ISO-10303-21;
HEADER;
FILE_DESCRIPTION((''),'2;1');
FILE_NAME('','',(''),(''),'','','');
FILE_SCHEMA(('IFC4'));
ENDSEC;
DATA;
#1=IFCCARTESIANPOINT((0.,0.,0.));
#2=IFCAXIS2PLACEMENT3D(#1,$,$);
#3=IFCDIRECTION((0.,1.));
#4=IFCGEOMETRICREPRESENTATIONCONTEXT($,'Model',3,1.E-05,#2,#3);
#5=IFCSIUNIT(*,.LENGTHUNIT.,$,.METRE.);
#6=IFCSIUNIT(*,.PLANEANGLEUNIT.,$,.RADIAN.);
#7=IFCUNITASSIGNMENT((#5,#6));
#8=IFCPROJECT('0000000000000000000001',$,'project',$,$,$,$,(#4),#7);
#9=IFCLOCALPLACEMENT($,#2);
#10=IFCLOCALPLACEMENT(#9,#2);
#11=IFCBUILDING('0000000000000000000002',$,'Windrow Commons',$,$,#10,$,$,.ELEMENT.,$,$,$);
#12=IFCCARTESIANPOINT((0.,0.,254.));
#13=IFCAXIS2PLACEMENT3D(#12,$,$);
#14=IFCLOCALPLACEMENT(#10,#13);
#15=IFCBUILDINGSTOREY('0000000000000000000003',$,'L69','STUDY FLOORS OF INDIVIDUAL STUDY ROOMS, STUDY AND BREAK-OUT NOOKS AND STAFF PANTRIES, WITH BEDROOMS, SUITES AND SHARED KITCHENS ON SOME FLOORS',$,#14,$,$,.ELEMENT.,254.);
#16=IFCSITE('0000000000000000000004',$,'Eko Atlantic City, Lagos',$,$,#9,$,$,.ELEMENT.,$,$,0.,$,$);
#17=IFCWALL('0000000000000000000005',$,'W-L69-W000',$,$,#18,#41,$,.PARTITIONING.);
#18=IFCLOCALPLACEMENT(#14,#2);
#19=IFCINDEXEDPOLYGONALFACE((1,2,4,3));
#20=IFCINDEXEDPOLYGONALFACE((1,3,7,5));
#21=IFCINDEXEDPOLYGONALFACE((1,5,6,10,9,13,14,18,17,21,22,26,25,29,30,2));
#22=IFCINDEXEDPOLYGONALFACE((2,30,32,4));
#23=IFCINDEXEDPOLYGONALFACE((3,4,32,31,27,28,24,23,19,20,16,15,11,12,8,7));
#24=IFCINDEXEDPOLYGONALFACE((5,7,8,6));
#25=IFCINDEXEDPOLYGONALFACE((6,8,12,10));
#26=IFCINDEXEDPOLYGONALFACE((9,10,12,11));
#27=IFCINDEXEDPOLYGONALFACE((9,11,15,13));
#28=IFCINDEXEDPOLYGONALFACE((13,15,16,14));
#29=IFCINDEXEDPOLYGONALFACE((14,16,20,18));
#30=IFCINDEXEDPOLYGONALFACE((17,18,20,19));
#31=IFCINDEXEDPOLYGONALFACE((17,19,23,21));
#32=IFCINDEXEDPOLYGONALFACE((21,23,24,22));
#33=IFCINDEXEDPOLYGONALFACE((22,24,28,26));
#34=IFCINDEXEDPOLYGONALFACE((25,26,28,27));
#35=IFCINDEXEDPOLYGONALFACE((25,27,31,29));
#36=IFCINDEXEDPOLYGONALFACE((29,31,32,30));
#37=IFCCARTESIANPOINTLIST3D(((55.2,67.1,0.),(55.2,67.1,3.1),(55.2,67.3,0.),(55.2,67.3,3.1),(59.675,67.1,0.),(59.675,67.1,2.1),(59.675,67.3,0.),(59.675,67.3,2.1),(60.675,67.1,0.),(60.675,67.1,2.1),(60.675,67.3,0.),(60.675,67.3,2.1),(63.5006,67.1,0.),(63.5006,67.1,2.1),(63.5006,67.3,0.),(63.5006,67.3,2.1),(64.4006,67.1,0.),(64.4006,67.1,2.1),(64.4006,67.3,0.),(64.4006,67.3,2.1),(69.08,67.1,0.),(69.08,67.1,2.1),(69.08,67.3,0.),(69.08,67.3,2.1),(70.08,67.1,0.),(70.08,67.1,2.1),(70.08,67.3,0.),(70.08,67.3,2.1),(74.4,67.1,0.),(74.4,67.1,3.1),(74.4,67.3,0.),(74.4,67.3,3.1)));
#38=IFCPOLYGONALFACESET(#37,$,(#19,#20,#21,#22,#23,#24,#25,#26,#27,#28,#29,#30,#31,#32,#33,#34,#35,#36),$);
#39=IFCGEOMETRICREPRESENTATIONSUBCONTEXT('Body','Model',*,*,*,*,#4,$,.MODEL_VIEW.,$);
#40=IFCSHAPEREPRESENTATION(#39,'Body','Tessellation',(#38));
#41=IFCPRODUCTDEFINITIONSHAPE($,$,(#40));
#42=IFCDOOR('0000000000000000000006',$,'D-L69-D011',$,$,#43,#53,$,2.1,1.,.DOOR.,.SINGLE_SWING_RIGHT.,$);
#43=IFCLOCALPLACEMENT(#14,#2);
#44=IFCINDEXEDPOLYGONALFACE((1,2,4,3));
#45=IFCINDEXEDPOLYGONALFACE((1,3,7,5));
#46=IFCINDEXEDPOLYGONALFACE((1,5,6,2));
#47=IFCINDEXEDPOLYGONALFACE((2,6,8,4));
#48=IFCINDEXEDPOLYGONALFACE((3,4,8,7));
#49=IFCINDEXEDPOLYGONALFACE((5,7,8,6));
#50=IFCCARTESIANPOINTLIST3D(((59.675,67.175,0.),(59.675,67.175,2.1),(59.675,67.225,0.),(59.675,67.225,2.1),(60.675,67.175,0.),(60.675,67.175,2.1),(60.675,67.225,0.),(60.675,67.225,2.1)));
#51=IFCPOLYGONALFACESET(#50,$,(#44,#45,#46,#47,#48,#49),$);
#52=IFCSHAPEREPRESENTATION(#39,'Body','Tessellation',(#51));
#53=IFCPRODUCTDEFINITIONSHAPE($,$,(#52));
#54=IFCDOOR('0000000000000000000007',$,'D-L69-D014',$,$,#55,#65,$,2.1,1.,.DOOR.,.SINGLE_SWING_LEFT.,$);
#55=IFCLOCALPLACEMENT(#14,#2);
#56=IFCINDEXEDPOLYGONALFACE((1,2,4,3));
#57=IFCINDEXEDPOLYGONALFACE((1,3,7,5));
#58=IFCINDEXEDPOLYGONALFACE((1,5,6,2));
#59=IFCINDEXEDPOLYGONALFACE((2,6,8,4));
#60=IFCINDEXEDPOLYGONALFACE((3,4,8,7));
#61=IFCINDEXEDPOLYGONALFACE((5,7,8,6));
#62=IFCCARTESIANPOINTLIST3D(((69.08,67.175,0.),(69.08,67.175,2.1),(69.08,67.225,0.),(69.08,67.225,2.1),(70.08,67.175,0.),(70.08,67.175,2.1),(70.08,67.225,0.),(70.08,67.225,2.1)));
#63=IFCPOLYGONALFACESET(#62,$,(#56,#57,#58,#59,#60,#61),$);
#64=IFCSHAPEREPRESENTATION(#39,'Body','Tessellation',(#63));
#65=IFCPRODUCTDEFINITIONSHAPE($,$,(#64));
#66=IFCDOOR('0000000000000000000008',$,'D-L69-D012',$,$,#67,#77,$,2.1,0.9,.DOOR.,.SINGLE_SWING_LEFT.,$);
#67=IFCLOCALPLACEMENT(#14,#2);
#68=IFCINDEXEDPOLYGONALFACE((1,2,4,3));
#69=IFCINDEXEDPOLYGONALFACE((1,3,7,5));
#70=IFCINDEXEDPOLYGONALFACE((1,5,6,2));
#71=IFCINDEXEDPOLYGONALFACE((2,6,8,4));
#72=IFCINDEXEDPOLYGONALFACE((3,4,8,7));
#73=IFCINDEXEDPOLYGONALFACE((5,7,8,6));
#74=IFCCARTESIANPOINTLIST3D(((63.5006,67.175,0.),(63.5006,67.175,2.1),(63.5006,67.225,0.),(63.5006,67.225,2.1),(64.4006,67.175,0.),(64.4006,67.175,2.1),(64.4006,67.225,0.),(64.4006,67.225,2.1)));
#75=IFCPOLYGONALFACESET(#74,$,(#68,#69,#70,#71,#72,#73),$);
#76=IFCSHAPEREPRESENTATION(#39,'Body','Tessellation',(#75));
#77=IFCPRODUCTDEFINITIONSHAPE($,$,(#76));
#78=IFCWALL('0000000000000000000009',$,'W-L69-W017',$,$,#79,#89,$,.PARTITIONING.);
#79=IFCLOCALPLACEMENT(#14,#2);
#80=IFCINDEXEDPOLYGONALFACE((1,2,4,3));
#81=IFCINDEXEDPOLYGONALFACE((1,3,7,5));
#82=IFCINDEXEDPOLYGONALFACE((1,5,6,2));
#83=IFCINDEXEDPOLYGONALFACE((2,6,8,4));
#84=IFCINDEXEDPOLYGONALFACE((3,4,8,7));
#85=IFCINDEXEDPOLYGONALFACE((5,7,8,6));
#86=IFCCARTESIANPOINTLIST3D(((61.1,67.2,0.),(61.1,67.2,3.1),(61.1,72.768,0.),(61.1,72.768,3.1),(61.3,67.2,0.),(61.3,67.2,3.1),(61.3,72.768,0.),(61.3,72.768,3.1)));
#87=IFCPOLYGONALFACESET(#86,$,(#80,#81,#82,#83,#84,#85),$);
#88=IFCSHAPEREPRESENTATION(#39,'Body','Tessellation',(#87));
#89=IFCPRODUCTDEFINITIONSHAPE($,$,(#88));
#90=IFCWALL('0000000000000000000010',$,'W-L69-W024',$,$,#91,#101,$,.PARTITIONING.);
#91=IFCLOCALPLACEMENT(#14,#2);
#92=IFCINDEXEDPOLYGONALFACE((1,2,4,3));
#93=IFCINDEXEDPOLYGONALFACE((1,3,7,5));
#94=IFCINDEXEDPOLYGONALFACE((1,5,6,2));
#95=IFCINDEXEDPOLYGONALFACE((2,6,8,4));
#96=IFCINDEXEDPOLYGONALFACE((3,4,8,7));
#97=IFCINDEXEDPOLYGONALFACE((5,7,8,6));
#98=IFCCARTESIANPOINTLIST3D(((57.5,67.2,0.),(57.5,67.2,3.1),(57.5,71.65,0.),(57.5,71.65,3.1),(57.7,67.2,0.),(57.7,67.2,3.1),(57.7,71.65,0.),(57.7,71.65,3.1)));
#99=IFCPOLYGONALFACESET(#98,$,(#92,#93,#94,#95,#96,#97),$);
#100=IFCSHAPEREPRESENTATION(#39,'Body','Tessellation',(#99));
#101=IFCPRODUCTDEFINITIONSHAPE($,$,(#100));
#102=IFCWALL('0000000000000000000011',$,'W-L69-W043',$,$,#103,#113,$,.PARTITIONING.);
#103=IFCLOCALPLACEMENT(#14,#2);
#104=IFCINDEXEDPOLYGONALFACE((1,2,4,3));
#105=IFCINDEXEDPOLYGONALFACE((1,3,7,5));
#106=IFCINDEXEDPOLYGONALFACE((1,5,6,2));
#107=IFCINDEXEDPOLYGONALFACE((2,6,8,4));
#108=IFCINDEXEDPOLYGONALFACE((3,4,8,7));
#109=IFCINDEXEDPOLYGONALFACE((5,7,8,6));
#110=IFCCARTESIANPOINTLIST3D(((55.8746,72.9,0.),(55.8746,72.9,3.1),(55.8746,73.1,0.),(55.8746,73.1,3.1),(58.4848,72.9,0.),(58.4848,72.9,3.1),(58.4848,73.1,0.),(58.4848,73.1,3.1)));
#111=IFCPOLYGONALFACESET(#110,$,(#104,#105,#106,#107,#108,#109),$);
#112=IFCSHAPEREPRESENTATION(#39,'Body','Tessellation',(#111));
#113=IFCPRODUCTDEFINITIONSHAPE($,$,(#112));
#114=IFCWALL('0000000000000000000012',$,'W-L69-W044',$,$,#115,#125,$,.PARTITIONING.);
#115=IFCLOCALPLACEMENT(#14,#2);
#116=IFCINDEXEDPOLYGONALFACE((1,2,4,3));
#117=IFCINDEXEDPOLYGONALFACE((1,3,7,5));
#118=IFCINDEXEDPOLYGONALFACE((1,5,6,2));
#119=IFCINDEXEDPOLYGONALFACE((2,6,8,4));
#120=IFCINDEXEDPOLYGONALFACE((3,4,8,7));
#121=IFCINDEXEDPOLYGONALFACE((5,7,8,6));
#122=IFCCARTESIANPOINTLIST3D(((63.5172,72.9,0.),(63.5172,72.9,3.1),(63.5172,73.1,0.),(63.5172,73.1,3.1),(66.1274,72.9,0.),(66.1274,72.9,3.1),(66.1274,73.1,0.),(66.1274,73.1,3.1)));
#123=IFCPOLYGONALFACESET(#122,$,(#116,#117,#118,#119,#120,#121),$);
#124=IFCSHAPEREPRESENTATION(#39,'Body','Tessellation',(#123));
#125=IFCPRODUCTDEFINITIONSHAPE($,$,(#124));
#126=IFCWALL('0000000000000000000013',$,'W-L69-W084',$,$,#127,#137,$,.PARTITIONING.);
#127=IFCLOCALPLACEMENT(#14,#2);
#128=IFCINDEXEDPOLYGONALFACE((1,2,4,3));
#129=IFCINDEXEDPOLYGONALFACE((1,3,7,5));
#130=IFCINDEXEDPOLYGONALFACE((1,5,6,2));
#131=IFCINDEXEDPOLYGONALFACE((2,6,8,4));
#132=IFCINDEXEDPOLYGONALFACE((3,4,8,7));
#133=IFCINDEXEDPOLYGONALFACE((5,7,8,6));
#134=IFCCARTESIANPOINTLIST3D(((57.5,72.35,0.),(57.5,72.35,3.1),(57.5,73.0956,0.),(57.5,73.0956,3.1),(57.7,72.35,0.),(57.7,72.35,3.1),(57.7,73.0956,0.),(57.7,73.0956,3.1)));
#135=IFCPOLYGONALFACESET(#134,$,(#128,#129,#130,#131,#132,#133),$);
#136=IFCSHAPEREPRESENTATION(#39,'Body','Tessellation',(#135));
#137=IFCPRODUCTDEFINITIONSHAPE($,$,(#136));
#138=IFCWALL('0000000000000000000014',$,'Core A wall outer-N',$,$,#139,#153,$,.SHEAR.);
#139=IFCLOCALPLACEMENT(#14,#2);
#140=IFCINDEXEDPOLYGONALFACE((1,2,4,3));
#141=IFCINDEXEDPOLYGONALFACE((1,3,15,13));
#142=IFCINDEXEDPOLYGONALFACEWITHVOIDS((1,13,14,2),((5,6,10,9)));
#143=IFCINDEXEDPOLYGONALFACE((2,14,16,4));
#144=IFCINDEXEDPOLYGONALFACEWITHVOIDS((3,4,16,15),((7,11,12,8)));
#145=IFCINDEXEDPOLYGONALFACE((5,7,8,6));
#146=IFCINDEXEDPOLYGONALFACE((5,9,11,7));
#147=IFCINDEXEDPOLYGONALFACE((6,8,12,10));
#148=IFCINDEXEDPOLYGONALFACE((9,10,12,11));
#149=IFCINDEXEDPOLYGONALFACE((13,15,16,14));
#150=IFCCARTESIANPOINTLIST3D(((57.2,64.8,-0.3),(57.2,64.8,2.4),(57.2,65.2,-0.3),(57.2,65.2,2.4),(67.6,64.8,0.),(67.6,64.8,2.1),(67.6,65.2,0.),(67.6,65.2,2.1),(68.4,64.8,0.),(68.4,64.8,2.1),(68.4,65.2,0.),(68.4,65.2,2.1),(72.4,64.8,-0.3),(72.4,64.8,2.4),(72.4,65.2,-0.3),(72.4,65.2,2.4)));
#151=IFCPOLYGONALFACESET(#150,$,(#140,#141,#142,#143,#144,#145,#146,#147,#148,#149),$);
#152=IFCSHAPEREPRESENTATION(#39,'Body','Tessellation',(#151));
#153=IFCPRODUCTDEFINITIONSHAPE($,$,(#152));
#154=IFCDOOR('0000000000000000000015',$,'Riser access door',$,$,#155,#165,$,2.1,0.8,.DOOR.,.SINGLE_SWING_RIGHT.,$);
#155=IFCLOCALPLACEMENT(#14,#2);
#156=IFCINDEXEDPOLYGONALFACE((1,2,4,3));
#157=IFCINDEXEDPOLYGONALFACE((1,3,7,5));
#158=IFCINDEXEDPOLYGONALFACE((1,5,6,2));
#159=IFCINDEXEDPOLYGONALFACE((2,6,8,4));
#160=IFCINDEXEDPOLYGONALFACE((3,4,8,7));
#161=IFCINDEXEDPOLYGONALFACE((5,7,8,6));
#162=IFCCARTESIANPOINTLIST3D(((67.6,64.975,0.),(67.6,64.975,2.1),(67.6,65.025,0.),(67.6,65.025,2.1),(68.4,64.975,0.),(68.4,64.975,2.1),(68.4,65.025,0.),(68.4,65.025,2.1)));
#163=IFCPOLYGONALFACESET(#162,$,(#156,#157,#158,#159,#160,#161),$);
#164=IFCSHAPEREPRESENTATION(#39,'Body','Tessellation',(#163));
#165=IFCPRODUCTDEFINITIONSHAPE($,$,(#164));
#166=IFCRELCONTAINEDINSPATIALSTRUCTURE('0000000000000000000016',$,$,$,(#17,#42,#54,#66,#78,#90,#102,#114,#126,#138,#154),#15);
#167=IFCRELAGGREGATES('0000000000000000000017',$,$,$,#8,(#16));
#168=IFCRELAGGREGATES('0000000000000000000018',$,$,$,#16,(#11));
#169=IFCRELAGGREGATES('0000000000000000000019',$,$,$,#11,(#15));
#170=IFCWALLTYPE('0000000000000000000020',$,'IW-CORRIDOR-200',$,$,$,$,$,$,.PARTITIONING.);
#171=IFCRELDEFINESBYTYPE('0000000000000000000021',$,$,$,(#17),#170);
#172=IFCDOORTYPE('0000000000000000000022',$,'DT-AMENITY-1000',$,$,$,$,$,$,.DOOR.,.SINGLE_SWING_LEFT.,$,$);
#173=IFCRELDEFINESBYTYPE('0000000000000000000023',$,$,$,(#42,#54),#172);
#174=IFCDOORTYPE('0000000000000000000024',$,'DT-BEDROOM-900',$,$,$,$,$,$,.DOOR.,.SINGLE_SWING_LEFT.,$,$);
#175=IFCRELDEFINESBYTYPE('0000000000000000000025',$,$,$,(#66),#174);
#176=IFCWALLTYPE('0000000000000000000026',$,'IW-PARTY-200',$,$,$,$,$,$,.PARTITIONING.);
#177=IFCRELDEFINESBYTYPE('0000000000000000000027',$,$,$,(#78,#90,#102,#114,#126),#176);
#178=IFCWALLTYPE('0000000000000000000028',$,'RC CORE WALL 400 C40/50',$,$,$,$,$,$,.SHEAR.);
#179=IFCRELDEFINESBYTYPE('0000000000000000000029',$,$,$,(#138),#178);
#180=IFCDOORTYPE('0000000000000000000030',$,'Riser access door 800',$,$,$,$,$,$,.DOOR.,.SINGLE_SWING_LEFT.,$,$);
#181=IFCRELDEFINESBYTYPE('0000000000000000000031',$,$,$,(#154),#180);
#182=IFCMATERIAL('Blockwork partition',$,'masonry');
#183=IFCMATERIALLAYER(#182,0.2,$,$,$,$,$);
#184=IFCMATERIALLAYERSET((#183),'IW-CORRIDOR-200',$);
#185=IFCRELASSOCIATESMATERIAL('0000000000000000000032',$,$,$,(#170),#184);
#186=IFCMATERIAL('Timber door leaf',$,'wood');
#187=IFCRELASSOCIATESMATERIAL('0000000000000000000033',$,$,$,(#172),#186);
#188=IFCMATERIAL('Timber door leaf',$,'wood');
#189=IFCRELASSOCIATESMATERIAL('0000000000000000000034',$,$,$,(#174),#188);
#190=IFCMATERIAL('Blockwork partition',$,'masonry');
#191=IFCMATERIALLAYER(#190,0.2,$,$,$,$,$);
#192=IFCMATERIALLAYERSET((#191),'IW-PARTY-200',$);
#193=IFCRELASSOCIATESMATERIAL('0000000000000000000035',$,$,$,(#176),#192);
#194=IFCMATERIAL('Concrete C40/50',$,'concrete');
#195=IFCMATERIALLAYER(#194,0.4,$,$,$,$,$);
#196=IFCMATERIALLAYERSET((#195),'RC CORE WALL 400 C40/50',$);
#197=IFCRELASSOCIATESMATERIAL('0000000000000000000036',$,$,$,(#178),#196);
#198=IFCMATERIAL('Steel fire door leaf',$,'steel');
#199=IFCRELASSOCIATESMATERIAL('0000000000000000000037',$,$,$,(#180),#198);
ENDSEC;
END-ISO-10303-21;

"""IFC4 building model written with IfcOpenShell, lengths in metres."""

from ifc_helpers import new_model, si_unit, direction, frame, frame_2d, origin, place, context, subcontext, project, spatial, rectangle, extrude, material, layer, layer_set, type_object, element, fill, save


model = new_model("IFC4")

# Units and contexts
model_context = context("Model", 3, precision=1e-05, world=origin(), true_north=direction((0.0, 1.0)))
body_context = subcontext(model_context, "Body", "Model", "MODEL_VIEW")
ifc_project = project(units=[si_unit("LENGTHUNIT", "METRE"), si_unit("PLANEANGLEUNIT", "RADIAN")], contexts=[model_context])

# Site, building, storey
site_placement = place(None, origin())
site = spatial("IfcSite", under=ifc_project, at=site_placement, Name="Eko Atlantic City, Lagos", CompositionType="ELEMENT", RefElevation=0.0)
building_placement = place(site_placement, origin())
building = spatial("IfcBuilding", under=site, at=building_placement, Name="Windrow Commons", CompositionType="ELEMENT")
storey_placement = place(building_placement, frame((0.0, 0.0, 254.0)))
storey = spatial("IfcBuildingStorey", under=building, at=storey_placement, Name="L69", Description="STUDY FLOORS OF INDIVIDUAL STUDY ROOMS, STUDY AND BREAK-OUT NOOKS AND STAFF PANTRIES, WITH BEDROOMS, SUITES AND SHARED KITCHENS ON SOME FLOORS", CompositionType="ELEMENT", Elevation=254.0)

# Wall, openings, doors
ifc_material_1 = material(Name="Blockwork partition", Category="masonry")
ifc_layer_1 = layer(ifc_material_1, 0.2)
ifc_layer_set_1 = layer_set([ifc_layer_1], Name="IW-CORRIDOR-200")
wall_type_1 = type_object("IfcWallType", Name="IW-CORRIDOR-200", PredefinedType="PARTITIONING", material=ifc_layer_set_1)
wall_1_placement = place(storey_placement, frame((55.2, 67.2, 0.0), z_axis=(0.0, 0.0, 1.0), x_axis=(1.0, 0.0, 0.0)))
wall_1 = element("IfcWall", 1, at=wall_1_placement, inside=storey, type_object=wall_type_1, Name="W-L69-W000", PredefinedType="PARTITIONING", context=body_context, shape_type="SweptSolid", body=[
    extrude(rectangle(XDim=19.2, YDim=0.2, at=frame_2d((9.6, 0.0))), origin(), (0.0, 0.0, 1.0), 3.1),
])
opening_1_placement = place(wall_1_placement, frame((4.475, 0.0, 0.0)))
opening_1 = element("IfcOpeningElement", 2, at=opening_1_placement, cuts=wall_1, PredefinedType="OPENING", context=body_context, shape_type="SweptSolid", body=[
    extrude(rectangle(XDim=1.0, YDim=2.1, at=frame_2d((0.5, 1.05))), frame((0.0, 0.11, 0.0), z_axis=(0.0, -1.0, 0.0), x_axis=(1.0, 0.0, 0.0)), (0.0, 0.0, 1.0), 0.22),
])
opening_2_placement = place(wall_1_placement, frame((8.3006, 0.0, 0.0)))
opening_2 = element("IfcOpeningElement", 3, at=opening_2_placement, cuts=wall_1, PredefinedType="OPENING", context=body_context, shape_type="SweptSolid", body=[
    extrude(rectangle(XDim=0.9, YDim=2.1, at=frame_2d((0.45, 1.05))), frame((0.0, 0.11, 0.0), z_axis=(0.0, -1.0, 0.0), x_axis=(1.0, 0.0, 0.0)), (0.0, 0.0, 1.0), 0.22),
])
opening_3_placement = place(wall_1_placement, frame((13.88, 0.0, 0.0)))
opening_3 = element("IfcOpeningElement", 4, at=opening_3_placement, cuts=wall_1, PredefinedType="OPENING", context=body_context, shape_type="SweptSolid", body=[
    extrude(rectangle(XDim=1.0, YDim=2.1, at=frame_2d((0.5, 1.05))), frame((0.0, 0.11, 0.0), z_axis=(0.0, -1.0, 0.0), x_axis=(1.0, 0.0, 0.0)), (0.0, 0.0, 1.0), 0.22),
])
ifc_material_2 = material(Name="Timber door leaf", Category="wood")
door_type_1 = type_object("IfcDoorType", Name="DT-AMENITY-1000", OperationType="SINGLE_SWING_LEFT", PredefinedType="DOOR", material=ifc_material_2)
door_1_placement = place(opening_1_placement, origin())
door_1 = element("IfcDoor", 5, at=door_1_placement, inside=storey, type_object=door_type_1, Name="D-L69-D011", OperationType="SINGLE_SWING_RIGHT", OverallHeight=2.1, OverallWidth=1.0, PredefinedType="DOOR", context=body_context, shape_type="SweptSolid", body=[
    extrude(rectangle(XDim=1.0, YDim=2.1, at=frame_2d((0.5, 1.05))), frame((0.0, 0.025, 0.0), z_axis=(0.0, -1.0, 0.0), x_axis=(1.0, 0.0, 0.0)), (0.0, 0.0, 1.0), 0.05),
])
fill(opening_1, door_1)
door_2_placement = place(opening_3_placement, origin())
door_2 = element("IfcDoor", 6, at=door_2_placement, inside=storey, type_object=door_type_1, Name="D-L69-D014", OperationType="SINGLE_SWING_LEFT", OverallHeight=2.1, OverallWidth=1.0, PredefinedType="DOOR", context=body_context, shape_type="SweptSolid", body=[
    extrude(rectangle(XDim=1.0, YDim=2.1, at=frame_2d((0.5, 1.05))), frame((0.0, 0.025, 0.0), z_axis=(0.0, -1.0, 0.0), x_axis=(1.0, 0.0, 0.0)), (0.0, 0.0, 1.0), 0.05),
])
fill(opening_3, door_2)
ifc_material_3 = material(Name="Timber door leaf", Category="wood")
door_type_2 = type_object("IfcDoorType", Name="DT-BEDROOM-900", OperationType="SINGLE_SWING_LEFT", PredefinedType="DOOR", material=ifc_material_3)
door_3_placement = place(opening_2_placement, origin())
door_3 = element("IfcDoor", 7, at=door_3_placement, inside=storey, type_object=door_type_2, Name="D-L69-D012", OperationType="SINGLE_SWING_LEFT", OverallHeight=2.1, OverallWidth=0.9, PredefinedType="DOOR", context=body_context, shape_type="SweptSolid", body=[
    extrude(rectangle(XDim=0.9, YDim=2.1, at=frame_2d((0.45, 1.05))), frame((0.0, 0.025, 0.0), z_axis=(0.0, -1.0, 0.0), x_axis=(1.0, 0.0, 0.0)), (0.0, 0.0, 1.0), 0.05),
])
fill(opening_2, door_3)

# Walls
ifc_material_4 = material(Name="Blockwork partition", Category="masonry")
ifc_layer_2 = layer(ifc_material_4, 0.2)
ifc_layer_set_2 = layer_set([ifc_layer_2], Name="IW-PARTY-200")
wall_type_2 = type_object("IfcWallType", Name="IW-PARTY-200", PredefinedType="PARTITIONING", material=ifc_layer_set_2)
wall_2_placement = place(storey_placement, frame((61.2, 67.2, 0.0), z_axis=(0.0, 0.0, 1.0), x_axis=(0.0, 1.0, 0.0)))
element("IfcWall", 8, at=wall_2_placement, inside=storey, type_object=wall_type_2, Name="W-L69-W017", PredefinedType="PARTITIONING", context=body_context, shape_type="SweptSolid", body=[
    extrude(rectangle(XDim=5.568, YDim=0.2, at=frame_2d((2.784, 0.0))), origin(), (0.0, 0.0, 1.0), 3.1),
])
wall_3_placement = place(storey_placement, frame((57.6, 67.2, 0.0), z_axis=(0.0, 0.0, 1.0), x_axis=(0.0, 1.0, 0.0)))
element("IfcWall", 9, at=wall_3_placement, inside=storey, type_object=wall_type_2, Name="W-L69-W024", PredefinedType="PARTITIONING", context=body_context, shape_type="SweptSolid", body=[
    extrude(rectangle(XDim=4.45, YDim=0.2, at=frame_2d((2.225, 0.0))), origin(), (0.0, 0.0, 1.0), 3.1),
])
for number, where, z_axis, x_axis, name in (
    (10, (55.8746, 73.0, 0.0), (0.0, 0.0, 1.0), (1.0, 0.0, 0.0), "W-L69-W043"),
    (11, (63.5172, 73.0, 0.0), (0.0, 0.0, 1.0), (1.0, 0.0, 0.0), "W-L69-W044"),
):
    element("IfcWall", number, at=place(storey_placement, frame(where, z_axis=z_axis, x_axis=x_axis)), inside=storey, type_object=wall_type_2, Name=name, PredefinedType="PARTITIONING", context=body_context, shape_type="SweptSolid", body=[
        extrude(rectangle(XDim=2.6101, YDim=0.2, at=frame_2d((1.3051, 0.0))), origin(), (0.0, 0.0, 1.0), 3.1),
    ])
wall_4_placement = place(storey_placement, frame((57.6, 72.35, 0.0), z_axis=(0.0, 0.0, 1.0), x_axis=(0.0, 1.0, 0.0)))
element("IfcWall", 12, at=wall_4_placement, inside=storey, type_object=wall_type_2, Name="W-L69-W084", PredefinedType="PARTITIONING", context=body_context, shape_type="SweptSolid", body=[
    extrude(rectangle(XDim=0.7456, YDim=0.2, at=frame_2d((0.3728, 0.0))), origin(), (0.0, 0.0, 1.0), 3.1),
])

# Wall, opening, door
ifc_material_5 = material(Name="Concrete C40/50", Category="concrete")
ifc_layer_3 = layer(ifc_material_5, 0.4)
ifc_layer_set_3 = layer_set([ifc_layer_3], Name="RC CORE WALL 400 C40/50")
wall_type_3 = type_object("IfcWallType", Name="RC CORE WALL 400 C40/50", PredefinedType="SHEAR", material=ifc_layer_set_3)
wall_5_placement = place(storey_placement, frame((57.2, 65.0, -0.3), z_axis=(0.0, 0.0, 1.0), x_axis=(1.0, 0.0, 0.0)))
wall_5 = element("IfcWall", 13, at=wall_5_placement, inside=storey, type_object=wall_type_3, Name="Core A wall outer-N", PredefinedType="SHEAR", context=body_context, shape_type="SweptSolid", body=[
    extrude(rectangle(XDim=15.2, YDim=0.4, at=frame_2d((7.6, 0.0))), origin(), (0.0, 0.0, 1.0), 2.7),
])
opening_4_placement = place(wall_5_placement, frame((10.4, 0.0, 0.3)))
opening_4 = element("IfcOpeningElement", 14, at=opening_4_placement, cuts=wall_5, PredefinedType="OPENING", context=body_context, shape_type="SweptSolid", body=[
    extrude(rectangle(XDim=0.8, YDim=2.1, at=frame_2d((0.4, 1.05))), frame((0.0, 0.21, 0.0), z_axis=(0.0, -1.0, 0.0), x_axis=(1.0, 0.0, 0.0)), (0.0, 0.0, 1.0), 0.42),
])
ifc_material_6 = material(Name="Steel fire door leaf", Category="steel")
door_type_3 = type_object("IfcDoorType", Name="Riser access door 800", OperationType="SINGLE_SWING_LEFT", PredefinedType="DOOR", material=ifc_material_6)
door_4_placement = place(opening_4_placement, origin())
door_4 = element("IfcDoor", 15, at=door_4_placement, inside=storey, type_object=door_type_3, Name="Riser access door", OperationType="SINGLE_SWING_RIGHT", OverallHeight=2.1, OverallWidth=0.8, PredefinedType="DOOR", context=body_context, shape_type="SweptSolid", body=[
    extrude(rectangle(XDim=0.8, YDim=2.1, at=frame_2d((0.4, 1.05))), frame((0.0, 0.025, 0.0), z_axis=(0.0, -1.0, 0.0), x_axis=(1.0, 0.0, 0.0)), (0.0, 0.0, 1.0), 0.05),
])
fill(opening_4, door_4)

save(model, "model.ifc")
